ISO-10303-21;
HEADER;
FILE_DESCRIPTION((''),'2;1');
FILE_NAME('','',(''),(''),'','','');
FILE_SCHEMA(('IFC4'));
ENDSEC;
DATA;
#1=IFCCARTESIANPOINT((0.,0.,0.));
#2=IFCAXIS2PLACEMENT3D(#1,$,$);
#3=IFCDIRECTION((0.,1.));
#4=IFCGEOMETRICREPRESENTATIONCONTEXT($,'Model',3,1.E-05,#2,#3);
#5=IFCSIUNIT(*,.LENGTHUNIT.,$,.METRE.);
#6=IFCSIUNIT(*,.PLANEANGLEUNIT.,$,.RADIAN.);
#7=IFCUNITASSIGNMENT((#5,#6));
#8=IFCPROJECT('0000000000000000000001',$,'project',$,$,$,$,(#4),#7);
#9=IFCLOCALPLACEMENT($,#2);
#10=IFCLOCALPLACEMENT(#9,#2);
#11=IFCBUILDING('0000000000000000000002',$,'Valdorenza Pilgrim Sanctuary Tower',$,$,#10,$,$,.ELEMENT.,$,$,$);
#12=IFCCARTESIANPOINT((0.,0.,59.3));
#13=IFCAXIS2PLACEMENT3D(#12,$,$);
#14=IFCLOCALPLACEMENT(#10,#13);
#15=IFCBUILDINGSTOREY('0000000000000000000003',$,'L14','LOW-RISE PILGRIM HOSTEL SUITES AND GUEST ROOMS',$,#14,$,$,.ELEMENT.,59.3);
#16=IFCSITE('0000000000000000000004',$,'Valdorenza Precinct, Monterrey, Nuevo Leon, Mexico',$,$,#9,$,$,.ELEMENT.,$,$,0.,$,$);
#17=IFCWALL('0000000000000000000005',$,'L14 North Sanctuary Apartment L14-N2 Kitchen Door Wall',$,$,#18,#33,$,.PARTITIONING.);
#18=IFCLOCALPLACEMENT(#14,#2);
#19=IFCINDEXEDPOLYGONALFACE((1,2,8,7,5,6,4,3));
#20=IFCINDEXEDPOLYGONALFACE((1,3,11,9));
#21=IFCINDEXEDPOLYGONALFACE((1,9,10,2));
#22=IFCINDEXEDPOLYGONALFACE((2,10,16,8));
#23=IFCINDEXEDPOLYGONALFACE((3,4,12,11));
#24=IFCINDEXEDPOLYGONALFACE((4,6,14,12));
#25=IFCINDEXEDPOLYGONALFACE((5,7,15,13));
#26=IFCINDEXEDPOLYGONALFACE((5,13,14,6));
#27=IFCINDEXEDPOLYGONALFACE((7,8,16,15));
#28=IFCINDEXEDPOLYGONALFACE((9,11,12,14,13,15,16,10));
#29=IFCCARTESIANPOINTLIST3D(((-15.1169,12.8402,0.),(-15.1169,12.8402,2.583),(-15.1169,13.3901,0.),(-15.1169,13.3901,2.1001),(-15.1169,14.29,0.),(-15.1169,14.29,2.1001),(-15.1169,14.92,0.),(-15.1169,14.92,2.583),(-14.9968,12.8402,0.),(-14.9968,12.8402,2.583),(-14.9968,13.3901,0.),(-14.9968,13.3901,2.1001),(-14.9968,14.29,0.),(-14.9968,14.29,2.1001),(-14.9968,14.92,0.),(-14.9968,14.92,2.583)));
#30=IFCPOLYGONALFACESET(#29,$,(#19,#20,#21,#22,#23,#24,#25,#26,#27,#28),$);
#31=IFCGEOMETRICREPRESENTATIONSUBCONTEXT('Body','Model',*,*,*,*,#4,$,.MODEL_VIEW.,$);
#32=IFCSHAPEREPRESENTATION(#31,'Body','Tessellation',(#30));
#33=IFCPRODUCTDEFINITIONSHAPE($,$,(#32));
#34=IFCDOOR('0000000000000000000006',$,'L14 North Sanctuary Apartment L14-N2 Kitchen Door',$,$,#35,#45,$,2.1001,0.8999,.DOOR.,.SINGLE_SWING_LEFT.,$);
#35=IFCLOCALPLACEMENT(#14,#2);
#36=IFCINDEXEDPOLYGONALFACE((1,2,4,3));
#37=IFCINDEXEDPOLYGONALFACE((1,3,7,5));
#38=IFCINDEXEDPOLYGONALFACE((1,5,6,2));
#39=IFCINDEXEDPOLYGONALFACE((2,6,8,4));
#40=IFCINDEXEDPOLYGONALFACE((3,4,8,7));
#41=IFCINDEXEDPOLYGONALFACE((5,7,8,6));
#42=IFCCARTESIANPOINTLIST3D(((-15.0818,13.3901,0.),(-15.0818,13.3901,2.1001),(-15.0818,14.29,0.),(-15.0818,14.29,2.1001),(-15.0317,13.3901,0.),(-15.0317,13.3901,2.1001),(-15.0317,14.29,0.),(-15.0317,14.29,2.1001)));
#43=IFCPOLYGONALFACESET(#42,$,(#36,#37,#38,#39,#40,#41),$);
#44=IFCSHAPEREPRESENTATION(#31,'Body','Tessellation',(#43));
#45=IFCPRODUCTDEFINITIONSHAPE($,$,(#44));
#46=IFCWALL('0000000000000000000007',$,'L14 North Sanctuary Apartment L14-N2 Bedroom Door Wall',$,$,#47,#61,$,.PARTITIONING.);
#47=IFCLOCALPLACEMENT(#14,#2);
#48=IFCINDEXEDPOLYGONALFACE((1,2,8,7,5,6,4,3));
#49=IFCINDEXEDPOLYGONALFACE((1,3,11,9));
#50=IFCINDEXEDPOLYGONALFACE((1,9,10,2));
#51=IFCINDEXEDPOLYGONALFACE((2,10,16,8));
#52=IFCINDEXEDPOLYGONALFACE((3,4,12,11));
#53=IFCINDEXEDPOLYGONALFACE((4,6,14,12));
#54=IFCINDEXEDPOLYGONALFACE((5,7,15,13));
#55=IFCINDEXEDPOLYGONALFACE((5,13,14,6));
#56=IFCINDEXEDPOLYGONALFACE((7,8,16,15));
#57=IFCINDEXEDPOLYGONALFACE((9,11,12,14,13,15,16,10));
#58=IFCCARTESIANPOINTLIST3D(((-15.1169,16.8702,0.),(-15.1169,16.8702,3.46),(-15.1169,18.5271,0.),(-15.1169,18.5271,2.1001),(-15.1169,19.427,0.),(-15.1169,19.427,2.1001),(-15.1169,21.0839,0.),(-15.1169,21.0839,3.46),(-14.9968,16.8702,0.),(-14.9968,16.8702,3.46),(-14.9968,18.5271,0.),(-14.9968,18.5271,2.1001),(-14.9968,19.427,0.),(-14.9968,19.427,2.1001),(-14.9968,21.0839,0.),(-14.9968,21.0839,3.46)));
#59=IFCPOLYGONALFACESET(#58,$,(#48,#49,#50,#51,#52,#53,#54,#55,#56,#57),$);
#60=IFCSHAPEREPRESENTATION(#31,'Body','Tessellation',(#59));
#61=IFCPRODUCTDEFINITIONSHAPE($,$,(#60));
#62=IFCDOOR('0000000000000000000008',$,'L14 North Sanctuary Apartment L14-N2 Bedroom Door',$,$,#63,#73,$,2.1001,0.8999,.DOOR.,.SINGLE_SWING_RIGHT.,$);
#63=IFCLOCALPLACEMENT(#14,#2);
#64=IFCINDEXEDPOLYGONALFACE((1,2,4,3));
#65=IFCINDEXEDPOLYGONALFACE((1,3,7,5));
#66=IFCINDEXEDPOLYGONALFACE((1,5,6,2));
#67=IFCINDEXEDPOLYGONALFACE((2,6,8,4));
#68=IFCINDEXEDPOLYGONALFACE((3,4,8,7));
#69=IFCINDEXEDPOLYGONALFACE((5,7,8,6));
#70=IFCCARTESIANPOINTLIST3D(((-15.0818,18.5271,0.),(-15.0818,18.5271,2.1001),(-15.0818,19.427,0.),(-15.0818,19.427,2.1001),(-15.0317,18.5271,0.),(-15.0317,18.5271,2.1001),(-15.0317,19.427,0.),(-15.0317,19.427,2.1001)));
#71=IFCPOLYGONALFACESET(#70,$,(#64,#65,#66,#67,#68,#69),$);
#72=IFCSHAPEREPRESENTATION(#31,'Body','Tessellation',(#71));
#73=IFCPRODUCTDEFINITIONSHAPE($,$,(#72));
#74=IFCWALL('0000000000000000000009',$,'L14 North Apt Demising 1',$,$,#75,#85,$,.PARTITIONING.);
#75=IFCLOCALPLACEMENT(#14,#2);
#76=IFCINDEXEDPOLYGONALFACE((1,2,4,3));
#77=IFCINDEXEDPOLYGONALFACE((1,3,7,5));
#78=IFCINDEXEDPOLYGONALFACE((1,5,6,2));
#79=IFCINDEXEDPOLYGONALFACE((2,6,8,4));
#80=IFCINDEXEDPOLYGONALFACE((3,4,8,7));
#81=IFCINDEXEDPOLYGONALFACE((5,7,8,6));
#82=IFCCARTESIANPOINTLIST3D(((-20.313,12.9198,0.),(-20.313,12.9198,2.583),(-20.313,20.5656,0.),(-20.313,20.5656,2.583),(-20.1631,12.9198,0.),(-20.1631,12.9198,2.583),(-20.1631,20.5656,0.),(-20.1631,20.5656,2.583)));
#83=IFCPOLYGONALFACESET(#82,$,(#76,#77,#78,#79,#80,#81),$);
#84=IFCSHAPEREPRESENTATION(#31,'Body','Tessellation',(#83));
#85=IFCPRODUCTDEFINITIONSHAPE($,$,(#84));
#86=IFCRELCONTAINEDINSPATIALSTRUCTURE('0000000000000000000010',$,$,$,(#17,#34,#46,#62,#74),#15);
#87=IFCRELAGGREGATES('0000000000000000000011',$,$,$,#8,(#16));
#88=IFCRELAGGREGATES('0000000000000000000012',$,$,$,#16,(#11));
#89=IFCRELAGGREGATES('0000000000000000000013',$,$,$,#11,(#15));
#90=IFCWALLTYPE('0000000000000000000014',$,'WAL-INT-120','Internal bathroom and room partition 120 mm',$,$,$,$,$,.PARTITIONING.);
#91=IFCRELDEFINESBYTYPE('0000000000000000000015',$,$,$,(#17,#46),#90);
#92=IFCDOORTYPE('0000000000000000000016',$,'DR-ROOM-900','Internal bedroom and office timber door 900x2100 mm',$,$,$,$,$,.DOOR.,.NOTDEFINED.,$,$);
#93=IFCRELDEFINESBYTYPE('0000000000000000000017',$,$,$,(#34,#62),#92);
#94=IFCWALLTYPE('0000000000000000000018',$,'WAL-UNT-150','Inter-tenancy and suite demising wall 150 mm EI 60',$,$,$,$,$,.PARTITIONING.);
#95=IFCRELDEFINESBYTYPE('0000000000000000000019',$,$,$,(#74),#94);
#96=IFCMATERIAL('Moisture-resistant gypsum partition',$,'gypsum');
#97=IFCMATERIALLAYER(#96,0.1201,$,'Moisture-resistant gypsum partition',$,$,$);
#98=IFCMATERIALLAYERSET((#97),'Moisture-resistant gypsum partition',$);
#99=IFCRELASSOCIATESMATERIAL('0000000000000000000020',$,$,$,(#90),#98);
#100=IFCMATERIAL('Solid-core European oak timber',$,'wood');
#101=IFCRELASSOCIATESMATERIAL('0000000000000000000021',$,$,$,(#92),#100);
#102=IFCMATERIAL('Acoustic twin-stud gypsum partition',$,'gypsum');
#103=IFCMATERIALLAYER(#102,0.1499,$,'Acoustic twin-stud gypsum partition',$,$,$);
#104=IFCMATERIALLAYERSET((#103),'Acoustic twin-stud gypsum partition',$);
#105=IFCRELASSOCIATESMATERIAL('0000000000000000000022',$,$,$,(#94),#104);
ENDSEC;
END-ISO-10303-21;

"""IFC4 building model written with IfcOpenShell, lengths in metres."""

from ifc_helpers import new_model, si_unit, direction, frame, frame_2d, origin, place, context, subcontext, project, spatial, rectangle, extrude, material, layer, layer_set, type_object, element, fill, save


model = new_model("IFC4")

# Units and contexts
model_context = context("Model", 3, precision=1e-05, world=origin(), true_north=direction((0.0, 1.0)))
body_context = subcontext(model_context, "Body", "Model", "MODEL_VIEW")
ifc_project = project(units=[si_unit("LENGTHUNIT", "METRE"), si_unit("PLANEANGLEUNIT", "RADIAN")], contexts=[model_context])

# Site, building, storey
site_placement = place(None, origin())
site = spatial("IfcSite", under=ifc_project, at=site_placement, Name="Valdorenza Precinct, Monterrey, Nuevo Leon, Mexico", CompositionType="ELEMENT", RefElevation=0.0)
building_placement = place(site_placement, origin())
building = spatial("IfcBuilding", under=site, at=building_placement, Name="Valdorenza Pilgrim Sanctuary Tower", CompositionType="ELEMENT")
storey_placement = place(building_placement, frame((0.0, 0.0, 59.3)))
storey = spatial("IfcBuildingStorey", under=building, at=storey_placement, Name="L14", Description="LOW-RISE PILGRIM HOSTEL SUITES AND GUEST ROOMS", CompositionType="ELEMENT", Elevation=59.3)

# Shared definitions
ifc_material_1 = material(Name="Acoustic twin-stud gypsum partition", Category="gypsum")

# Shared definitions
ifc_material_2 = material(Name="Moisture-resistant gypsum partition", Category="gypsum")
ifc_layer_1 = layer(ifc_material_2, 0.1201, Name="Moisture-resistant gypsum partition")
ifc_layer_set_1 = layer_set([ifc_layer_1], Name="Moisture-resistant gypsum partition")
wall_type_1 = type_object("IfcWallType", Name="WAL-INT-120", Description="Internal bathroom and room partition 120 mm", PredefinedType="PARTITIONING", material=ifc_layer_set_1)

# Walls, openings, doors
wall_1_placement = place(storey_placement, frame((-15.0569, 12.8401, 0.0), z_axis=(0.0, 0.0, 1.0), x_axis=(0.0, 1.0, 0.0)))
wall_1 = element("IfcWall", 1, at=wall_1_placement, inside=storey, type_object=wall_type_1, Name="L14 North Sanctuary Apartment L14-N2 Kitchen Door Wall", PredefinedType="PARTITIONING", context=body_context, shape_type="SweptSolid", body=[
    extrude(rectangle(XDim=2.0798, YDim=0.1201, at=frame_2d((1.04, 0.0))), origin(), (0.0, 0.0, 1.0), 2.583),
])
opening_1_placement = place(wall_1_placement, frame((0.55, 0.0, 0.0)))
opening_1 = element("IfcOpeningElement", 2, at=opening_1_placement, cuts=wall_1, PredefinedType="OPENING", context=body_context, shape_type="SweptSolid", body=[
    extrude(rectangle(XDim=0.8999, YDim=2.1001, at=frame_2d((0.45, 1.05))), frame((0.0, 0.075, 0.0), z_axis=(0.0, -1.0, 0.0), x_axis=(1.0, 0.0, 0.0)), (0.0, 0.0, 1.0), 0.1499),
])
ifc_material_3 = material(Name="Solid-core European oak timber", Category="wood")
door_type_1 = type_object("IfcDoorType", Name="DR-ROOM-900", Description="Internal bedroom and office timber door 900x2100 mm", OperationType="NOTDEFINED", PredefinedType="DOOR", material=ifc_material_3)
door_1_placement = place(opening_1_placement, origin())
door_1 = element("IfcDoor", 3, at=door_1_placement, inside=storey, type_object=door_type_1, Name="L14 North Sanctuary Apartment L14-N2 Kitchen Door", OperationType="SINGLE_SWING_LEFT", OverallHeight=2.1001, OverallWidth=0.8999, PredefinedType="DOOR", context=body_context, shape_type="SweptSolid", body=[
    extrude(rectangle(XDim=0.8999, YDim=2.1001, at=frame_2d((0.45, 1.05))), frame((0.0, 0.0249, 0.0), z_axis=(0.0, -1.0, 0.0), x_axis=(1.0, 0.0, 0.0)), (0.0, 0.0, 1.0), 0.05),
])
fill(opening_1, door_1)
wall_2_placement = place(storey_placement, frame((-15.0569, 16.8701, 0.0), z_axis=(0.0, 0.0, 1.0), x_axis=(0.0, 1.0, 0.0)))
wall_2 = element("IfcWall", 4, at=wall_2_placement, inside=storey, type_object=wall_type_1, Name="L14 North Sanctuary Apartment L14-N2 Bedroom Door Wall", PredefinedType="PARTITIONING", context=body_context, shape_type="SweptSolid", body=[
    extrude(rectangle(XDim=4.2136, YDim=0.1201, at=frame_2d((2.1069, 0.0))), origin(), (0.0, 0.0, 1.0), 3.46),
])
opening_2_placement = place(wall_2_placement, frame((1.657, 0.0, 0.0)))
opening_2 = element("IfcOpeningElement", 5, at=opening_2_placement, cuts=wall_2, PredefinedType="OPENING", context=body_context, shape_type="SweptSolid", body=[
    extrude(rectangle(XDim=0.8999, YDim=2.1001, at=frame_2d((0.45, 1.05))), frame((0.0, 0.075, 0.0), z_axis=(0.0, -1.0, 0.0), x_axis=(1.0, 0.0, 0.0)), (0.0, 0.0, 1.0), 0.1499),
])
door_2_placement = place(opening_2_placement, origin())
door_2 = element("IfcDoor", 6, at=door_2_placement, inside=storey, type_object=door_type_1, Name="L14 North Sanctuary Apartment L14-N2 Bedroom Door", OperationType="SINGLE_SWING_RIGHT", OverallHeight=2.1001, OverallWidth=0.8999, PredefinedType="DOOR", context=body_context, shape_type="SweptSolid", body=[
    extrude(rectangle(XDim=0.8999, YDim=2.1001, at=frame_2d((0.45, 1.05))), frame((0.0, 0.0249, 0.0), z_axis=(0.0, -1.0, 0.0), x_axis=(1.0, 0.0, 0.0)), (0.0, 0.0, 1.0), 0.05),
])
fill(opening_2, door_2)

# Wall
ifc_layer_2 = layer(ifc_material_1, 0.1499, Name="Acoustic twin-stud gypsum partition")
ifc_layer_set_2 = layer_set([ifc_layer_2], Name="Acoustic twin-stud gypsum partition")
wall_type_2 = type_object("IfcWallType", Name="WAL-UNT-150", Description="Inter-tenancy and suite demising wall 150 mm EI 60", PredefinedType="PARTITIONING", material=ifc_layer_set_2)
wall_3_placement = place(storey_placement, frame((-20.238, 12.9199, 0.0), z_axis=(0.0, 0.0, 1.0), x_axis=(0.0, 1.0, 0.0)))
element("IfcWall", 7, at=wall_3_placement, inside=storey, type_object=wall_type_2, Name="L14 North Apt Demising 1", PredefinedType="PARTITIONING", context=body_context, shape_type="SweptSolid", body=[
    extrude(rectangle(XDim=7.6458, YDim=0.1499, at=frame_2d((3.8228, 0.0))), origin(), (0.0, 0.0, 1.0), 2.583),
])

save(model, "model.ifc")
